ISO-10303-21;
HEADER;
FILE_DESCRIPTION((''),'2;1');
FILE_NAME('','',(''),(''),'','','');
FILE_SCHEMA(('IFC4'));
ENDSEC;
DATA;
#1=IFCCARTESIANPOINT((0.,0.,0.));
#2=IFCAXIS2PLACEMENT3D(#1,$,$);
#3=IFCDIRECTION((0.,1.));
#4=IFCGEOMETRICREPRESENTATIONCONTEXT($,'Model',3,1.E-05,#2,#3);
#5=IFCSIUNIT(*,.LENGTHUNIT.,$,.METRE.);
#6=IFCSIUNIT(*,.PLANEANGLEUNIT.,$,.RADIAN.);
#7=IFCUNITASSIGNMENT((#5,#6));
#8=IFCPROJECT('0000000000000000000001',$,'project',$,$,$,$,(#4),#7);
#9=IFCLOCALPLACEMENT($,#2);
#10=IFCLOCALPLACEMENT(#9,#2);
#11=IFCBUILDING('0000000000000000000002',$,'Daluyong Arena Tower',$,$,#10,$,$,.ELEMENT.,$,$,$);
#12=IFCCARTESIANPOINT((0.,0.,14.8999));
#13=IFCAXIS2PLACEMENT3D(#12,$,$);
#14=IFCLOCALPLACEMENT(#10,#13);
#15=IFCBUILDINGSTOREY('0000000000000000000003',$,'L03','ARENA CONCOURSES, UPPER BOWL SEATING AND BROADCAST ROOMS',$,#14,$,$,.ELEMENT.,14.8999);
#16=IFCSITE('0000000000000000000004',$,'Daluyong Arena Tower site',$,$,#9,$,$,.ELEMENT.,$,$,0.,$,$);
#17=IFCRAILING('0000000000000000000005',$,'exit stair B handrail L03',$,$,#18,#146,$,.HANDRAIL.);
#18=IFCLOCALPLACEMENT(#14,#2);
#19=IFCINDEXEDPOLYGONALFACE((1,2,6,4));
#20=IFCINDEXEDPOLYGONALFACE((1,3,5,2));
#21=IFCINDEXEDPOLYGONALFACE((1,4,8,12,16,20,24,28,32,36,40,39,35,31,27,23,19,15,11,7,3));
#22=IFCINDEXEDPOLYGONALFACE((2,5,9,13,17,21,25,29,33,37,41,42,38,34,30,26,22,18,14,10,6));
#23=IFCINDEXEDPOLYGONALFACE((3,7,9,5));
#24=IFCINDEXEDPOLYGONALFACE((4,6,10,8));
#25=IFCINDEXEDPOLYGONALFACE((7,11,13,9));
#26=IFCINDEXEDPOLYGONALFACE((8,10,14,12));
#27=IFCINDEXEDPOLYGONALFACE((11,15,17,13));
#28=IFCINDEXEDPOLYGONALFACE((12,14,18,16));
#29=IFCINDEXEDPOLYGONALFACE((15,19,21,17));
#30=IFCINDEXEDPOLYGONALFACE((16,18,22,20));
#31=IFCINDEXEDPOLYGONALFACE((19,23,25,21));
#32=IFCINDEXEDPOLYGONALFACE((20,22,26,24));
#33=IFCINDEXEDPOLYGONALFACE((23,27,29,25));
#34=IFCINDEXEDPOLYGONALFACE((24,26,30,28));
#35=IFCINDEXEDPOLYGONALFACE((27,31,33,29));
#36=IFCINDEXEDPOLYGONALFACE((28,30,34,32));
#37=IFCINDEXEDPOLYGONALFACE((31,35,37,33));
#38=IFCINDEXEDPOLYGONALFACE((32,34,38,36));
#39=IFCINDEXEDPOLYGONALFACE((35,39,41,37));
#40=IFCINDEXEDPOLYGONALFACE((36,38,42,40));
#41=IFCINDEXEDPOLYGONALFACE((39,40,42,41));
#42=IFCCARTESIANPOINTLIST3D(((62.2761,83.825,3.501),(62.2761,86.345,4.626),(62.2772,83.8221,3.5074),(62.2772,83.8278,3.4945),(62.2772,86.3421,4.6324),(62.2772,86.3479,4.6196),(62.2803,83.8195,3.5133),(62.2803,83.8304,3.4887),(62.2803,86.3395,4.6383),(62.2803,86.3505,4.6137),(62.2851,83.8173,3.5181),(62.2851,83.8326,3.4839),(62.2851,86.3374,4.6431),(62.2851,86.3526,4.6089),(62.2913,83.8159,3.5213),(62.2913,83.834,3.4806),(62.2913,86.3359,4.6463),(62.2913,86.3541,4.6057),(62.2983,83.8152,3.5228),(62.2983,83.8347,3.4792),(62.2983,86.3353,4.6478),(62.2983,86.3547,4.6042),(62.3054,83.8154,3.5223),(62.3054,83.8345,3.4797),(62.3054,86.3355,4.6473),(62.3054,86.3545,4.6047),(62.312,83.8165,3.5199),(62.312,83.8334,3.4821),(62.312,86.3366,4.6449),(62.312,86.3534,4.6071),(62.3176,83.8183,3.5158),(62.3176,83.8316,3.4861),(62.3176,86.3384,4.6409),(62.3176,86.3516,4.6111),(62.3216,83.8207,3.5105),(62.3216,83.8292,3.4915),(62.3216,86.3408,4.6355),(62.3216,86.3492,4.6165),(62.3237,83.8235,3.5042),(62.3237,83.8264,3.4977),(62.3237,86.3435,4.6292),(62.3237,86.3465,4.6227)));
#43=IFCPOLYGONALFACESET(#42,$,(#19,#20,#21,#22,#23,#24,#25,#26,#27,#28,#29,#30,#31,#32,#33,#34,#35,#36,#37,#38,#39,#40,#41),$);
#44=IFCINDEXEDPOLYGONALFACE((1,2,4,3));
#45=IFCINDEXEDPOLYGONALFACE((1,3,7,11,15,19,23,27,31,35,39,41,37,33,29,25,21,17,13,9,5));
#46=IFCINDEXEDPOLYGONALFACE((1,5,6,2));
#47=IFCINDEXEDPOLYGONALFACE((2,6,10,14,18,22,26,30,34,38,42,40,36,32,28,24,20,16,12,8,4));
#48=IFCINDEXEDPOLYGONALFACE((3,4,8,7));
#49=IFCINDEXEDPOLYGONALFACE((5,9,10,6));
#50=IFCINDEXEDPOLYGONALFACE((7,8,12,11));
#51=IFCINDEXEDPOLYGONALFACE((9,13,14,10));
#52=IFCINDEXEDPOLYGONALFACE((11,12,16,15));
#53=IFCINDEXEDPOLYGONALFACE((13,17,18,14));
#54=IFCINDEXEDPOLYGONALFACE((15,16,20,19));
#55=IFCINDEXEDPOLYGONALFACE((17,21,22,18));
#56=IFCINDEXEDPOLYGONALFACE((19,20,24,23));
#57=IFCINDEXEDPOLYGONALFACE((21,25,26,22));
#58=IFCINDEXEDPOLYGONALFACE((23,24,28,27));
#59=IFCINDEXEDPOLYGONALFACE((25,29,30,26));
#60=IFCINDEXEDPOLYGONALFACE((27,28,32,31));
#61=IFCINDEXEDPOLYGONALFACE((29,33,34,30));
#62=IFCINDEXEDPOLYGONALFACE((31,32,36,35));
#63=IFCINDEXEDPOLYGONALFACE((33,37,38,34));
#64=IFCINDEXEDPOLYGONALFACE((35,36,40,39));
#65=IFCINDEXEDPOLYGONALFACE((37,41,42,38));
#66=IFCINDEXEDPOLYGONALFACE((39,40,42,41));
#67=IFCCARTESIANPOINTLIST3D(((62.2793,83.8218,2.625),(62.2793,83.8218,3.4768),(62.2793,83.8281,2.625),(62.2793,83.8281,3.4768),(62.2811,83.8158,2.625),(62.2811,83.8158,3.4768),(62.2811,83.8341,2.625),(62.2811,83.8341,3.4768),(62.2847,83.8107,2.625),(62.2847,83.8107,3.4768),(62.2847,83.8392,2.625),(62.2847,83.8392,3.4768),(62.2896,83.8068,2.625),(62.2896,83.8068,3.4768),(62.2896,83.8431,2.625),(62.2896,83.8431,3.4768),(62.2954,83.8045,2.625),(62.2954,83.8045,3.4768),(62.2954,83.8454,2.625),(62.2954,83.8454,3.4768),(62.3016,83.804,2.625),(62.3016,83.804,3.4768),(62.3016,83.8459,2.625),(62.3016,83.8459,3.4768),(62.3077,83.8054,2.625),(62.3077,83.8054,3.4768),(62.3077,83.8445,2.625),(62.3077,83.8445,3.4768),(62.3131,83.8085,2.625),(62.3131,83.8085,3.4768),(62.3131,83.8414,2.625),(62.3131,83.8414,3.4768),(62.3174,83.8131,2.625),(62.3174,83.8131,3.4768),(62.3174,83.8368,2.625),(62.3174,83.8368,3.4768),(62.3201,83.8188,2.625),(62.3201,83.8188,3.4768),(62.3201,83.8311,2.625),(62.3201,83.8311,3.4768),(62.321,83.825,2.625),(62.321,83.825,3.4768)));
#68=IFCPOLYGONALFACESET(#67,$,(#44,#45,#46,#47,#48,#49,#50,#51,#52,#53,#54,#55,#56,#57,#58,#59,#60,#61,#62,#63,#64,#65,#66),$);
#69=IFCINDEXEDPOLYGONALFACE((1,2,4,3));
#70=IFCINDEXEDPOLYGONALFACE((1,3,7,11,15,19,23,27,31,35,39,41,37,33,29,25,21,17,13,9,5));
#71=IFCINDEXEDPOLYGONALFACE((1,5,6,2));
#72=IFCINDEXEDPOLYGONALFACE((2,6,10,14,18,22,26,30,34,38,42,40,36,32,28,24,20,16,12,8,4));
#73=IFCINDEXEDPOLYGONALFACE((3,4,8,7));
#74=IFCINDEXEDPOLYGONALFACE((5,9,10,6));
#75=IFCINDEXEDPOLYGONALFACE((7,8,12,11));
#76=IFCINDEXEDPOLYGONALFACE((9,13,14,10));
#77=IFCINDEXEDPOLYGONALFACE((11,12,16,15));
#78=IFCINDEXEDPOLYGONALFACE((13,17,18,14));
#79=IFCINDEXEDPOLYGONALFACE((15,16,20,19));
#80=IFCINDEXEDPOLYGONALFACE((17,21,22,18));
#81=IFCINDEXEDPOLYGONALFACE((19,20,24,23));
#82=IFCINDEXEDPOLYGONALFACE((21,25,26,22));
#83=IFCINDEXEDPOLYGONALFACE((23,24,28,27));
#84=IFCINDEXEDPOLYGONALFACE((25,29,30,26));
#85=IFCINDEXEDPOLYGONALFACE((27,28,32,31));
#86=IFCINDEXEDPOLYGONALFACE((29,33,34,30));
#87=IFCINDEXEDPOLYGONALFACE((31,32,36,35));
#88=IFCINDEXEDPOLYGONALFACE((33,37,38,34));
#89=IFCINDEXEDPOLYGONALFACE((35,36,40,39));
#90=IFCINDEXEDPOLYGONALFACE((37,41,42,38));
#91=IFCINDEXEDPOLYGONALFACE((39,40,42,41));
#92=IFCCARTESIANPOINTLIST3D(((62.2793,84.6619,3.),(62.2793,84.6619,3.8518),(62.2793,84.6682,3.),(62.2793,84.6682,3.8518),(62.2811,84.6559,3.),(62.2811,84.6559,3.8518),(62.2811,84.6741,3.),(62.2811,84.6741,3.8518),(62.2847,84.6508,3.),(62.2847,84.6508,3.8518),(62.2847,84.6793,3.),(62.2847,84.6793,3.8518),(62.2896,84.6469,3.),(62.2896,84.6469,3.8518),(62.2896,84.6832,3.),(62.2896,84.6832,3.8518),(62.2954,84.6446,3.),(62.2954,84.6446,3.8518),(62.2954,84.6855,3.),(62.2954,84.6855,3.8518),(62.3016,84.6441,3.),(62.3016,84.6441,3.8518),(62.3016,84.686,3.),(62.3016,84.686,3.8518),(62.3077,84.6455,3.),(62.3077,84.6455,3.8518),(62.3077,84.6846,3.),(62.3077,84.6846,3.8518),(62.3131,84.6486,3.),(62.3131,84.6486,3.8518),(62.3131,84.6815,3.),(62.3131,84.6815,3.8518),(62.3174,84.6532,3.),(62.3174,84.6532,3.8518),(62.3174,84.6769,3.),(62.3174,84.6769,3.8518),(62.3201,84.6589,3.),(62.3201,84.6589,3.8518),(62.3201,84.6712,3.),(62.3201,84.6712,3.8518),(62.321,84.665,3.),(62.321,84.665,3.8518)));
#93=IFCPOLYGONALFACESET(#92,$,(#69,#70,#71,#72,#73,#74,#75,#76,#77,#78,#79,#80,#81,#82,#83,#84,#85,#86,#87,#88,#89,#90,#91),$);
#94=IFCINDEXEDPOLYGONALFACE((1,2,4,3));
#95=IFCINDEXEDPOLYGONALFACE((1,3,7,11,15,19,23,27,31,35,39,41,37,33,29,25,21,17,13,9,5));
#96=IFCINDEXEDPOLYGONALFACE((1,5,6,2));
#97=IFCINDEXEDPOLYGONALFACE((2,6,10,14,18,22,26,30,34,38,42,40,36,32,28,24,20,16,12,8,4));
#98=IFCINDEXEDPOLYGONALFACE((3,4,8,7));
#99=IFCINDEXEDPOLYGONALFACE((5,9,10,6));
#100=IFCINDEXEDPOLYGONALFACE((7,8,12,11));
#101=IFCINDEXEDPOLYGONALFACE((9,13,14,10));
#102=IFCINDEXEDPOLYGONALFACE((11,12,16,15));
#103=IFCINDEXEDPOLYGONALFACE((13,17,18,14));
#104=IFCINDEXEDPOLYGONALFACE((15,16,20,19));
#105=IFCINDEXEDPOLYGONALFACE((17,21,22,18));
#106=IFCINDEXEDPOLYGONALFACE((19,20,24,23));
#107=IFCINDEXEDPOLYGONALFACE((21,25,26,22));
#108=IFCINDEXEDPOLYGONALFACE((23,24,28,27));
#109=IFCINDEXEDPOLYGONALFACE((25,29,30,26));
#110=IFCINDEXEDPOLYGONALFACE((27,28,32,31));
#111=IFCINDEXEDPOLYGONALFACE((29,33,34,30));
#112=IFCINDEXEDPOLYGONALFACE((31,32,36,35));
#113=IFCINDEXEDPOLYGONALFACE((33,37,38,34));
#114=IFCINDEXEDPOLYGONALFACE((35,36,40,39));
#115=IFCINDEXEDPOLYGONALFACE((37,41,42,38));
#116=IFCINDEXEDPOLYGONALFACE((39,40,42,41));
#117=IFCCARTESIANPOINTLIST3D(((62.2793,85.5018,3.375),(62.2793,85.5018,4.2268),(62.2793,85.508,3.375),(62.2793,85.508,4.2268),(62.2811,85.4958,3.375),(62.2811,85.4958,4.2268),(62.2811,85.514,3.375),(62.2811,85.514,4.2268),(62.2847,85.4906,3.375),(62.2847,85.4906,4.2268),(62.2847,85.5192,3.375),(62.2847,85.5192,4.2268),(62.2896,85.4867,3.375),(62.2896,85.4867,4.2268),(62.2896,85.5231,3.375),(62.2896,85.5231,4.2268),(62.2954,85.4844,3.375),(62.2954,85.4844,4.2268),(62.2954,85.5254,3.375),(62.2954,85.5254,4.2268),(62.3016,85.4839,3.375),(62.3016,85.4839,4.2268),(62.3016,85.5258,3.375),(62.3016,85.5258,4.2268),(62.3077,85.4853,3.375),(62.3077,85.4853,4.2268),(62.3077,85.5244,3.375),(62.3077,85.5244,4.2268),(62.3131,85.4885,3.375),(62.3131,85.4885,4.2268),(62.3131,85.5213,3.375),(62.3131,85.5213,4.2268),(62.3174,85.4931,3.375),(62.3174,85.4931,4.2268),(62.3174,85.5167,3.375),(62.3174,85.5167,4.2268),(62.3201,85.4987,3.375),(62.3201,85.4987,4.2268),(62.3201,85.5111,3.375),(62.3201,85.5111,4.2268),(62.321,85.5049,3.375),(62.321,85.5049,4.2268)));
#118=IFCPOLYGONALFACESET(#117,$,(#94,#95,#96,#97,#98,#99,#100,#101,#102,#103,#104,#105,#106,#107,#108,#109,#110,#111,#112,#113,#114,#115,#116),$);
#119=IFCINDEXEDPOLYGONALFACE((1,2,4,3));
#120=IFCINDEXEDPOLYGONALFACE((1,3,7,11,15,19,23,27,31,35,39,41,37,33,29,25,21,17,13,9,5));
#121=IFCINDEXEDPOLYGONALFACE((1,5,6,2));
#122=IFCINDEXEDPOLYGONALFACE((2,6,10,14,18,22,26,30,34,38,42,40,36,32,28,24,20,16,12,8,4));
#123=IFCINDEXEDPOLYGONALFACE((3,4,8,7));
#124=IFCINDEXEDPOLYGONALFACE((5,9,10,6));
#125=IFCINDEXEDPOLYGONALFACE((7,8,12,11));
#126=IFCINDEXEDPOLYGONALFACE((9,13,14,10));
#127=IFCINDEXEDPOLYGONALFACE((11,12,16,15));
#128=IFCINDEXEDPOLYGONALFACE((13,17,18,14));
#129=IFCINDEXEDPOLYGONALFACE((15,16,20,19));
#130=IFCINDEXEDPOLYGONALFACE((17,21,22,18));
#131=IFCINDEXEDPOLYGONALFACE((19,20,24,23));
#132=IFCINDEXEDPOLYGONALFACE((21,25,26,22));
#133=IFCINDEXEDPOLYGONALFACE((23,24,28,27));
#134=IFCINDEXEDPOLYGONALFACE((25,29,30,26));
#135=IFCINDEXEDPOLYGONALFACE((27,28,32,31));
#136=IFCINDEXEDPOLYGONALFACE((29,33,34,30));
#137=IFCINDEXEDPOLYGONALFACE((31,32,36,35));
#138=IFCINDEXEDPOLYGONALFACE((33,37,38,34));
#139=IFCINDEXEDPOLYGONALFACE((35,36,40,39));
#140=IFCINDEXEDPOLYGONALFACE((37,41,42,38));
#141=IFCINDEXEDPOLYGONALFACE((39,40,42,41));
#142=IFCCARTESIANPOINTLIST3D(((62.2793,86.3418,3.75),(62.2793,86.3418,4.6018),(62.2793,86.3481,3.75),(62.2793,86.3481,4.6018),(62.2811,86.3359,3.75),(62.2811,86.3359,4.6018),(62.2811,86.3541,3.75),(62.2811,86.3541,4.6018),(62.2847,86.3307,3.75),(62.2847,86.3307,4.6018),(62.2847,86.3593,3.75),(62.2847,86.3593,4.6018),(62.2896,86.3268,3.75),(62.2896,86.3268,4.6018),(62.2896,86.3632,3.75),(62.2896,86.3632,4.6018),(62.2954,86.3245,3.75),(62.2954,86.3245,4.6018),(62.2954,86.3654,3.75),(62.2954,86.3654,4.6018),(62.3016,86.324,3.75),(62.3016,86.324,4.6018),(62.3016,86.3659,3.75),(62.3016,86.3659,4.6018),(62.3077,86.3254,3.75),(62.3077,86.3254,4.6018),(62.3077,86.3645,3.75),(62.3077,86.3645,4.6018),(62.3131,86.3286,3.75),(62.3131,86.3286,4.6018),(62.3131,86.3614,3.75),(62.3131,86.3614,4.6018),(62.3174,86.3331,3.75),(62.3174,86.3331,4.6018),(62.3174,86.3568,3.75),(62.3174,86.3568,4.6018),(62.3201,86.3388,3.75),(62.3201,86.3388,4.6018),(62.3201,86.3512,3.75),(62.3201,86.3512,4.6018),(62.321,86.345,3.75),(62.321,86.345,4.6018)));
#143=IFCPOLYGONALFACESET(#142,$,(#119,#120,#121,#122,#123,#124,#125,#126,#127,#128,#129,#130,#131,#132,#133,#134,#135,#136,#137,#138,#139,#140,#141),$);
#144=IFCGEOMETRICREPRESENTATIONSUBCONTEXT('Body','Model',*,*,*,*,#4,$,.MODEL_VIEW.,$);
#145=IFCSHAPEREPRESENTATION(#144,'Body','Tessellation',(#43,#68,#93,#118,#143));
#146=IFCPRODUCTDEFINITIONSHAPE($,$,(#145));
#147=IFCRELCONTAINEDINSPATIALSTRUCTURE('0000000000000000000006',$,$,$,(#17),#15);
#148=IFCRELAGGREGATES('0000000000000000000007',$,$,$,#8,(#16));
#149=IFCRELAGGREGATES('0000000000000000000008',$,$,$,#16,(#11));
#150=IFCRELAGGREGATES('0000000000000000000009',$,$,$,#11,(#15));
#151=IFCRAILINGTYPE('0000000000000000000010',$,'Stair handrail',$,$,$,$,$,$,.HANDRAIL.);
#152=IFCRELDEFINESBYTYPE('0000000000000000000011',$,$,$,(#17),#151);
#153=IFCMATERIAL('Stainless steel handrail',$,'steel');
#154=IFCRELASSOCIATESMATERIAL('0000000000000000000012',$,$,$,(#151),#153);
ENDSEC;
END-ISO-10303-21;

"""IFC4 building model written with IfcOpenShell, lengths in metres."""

from ifc_helpers import new_model, si_unit, direction, frame, origin, origin_2d, place, context, subcontext, project, spatial, circle, extrude, material, type_object, element, save


model = new_model("IFC4")

# Units and contexts
model_context = context("Model", 3, precision=1e-05, world=origin(), true_north=direction((0.0, 1.0)))
body_context = subcontext(model_context, "Body", "Model", "MODEL_VIEW")
ifc_project = project(units=[si_unit("LENGTHUNIT", "METRE"), si_unit("PLANEANGLEUNIT", "RADIAN")], contexts=[model_context])

# Site, building, storey
site_placement = place(None, origin())
site = spatial("IfcSite", under=ifc_project, at=site_placement, Name="Daluyong Arena Tower site", CompositionType="ELEMENT", RefElevation=0.0)
building_placement = place(site_placement, origin())
building = spatial("IfcBuilding", under=site, at=building_placement, Name="Daluyong Arena Tower", CompositionType="ELEMENT")
storey_placement = place(building_placement, frame((0.0, 0.0, 14.8999)))
storey = spatial("IfcBuildingStorey", under=building, at=storey_placement, Name="L03", Description="ARENA CONCOURSES, UPPER BOWL SEATING AND BROADCAST ROOMS", CompositionType="ELEMENT", Elevation=14.8999)

# Railing
ifc_material_1 = material(Name="Stainless steel handrail", Category="steel")
railing_type_1 = type_object("IfcRailingType", Name="Stair handrail", PredefinedType="HANDRAIL", material=ifc_material_1)
railing_placement = place(storey_placement, frame((62.3, 83.825, 2.625)))
element("IfcRailing", 1, at=railing_placement, inside=storey, type_object=railing_type_1, Name="exit stair B handrail L03", PredefinedType="HANDRAIL", context=body_context, shape_type="SweptSolid", body=[
    extrude(circle(Radius=0.0239, at=origin_2d()), frame((0.0, 0.0, 0.876), z_axis=(0.0, 0.913139, 0.407648), x_axis=(-1.0, 0.0, 0.0)), (0.0, 0.0, 1.0), 2.7598),
    extrude(circle(Radius=0.021, at=origin_2d()), origin(), (0.0, 0.0, 1.0), 0.8518),
    extrude(circle(Radius=0.021, at=origin_2d()), frame((0.0, 0.8401, 0.375)), (0.0, 0.0, 1.0), 0.8518),
    extrude(circle(Radius=0.021, at=origin_2d()), frame((0.0, 1.6799, 0.75)), (0.0, 0.0, 1.0), 0.8518),
    extrude(circle(Radius=0.021, at=origin_2d()), frame((0.0, 2.52, 1.125)), (0.0, 0.0, 1.0), 0.8518),
])

save(model, "model.ifc")
